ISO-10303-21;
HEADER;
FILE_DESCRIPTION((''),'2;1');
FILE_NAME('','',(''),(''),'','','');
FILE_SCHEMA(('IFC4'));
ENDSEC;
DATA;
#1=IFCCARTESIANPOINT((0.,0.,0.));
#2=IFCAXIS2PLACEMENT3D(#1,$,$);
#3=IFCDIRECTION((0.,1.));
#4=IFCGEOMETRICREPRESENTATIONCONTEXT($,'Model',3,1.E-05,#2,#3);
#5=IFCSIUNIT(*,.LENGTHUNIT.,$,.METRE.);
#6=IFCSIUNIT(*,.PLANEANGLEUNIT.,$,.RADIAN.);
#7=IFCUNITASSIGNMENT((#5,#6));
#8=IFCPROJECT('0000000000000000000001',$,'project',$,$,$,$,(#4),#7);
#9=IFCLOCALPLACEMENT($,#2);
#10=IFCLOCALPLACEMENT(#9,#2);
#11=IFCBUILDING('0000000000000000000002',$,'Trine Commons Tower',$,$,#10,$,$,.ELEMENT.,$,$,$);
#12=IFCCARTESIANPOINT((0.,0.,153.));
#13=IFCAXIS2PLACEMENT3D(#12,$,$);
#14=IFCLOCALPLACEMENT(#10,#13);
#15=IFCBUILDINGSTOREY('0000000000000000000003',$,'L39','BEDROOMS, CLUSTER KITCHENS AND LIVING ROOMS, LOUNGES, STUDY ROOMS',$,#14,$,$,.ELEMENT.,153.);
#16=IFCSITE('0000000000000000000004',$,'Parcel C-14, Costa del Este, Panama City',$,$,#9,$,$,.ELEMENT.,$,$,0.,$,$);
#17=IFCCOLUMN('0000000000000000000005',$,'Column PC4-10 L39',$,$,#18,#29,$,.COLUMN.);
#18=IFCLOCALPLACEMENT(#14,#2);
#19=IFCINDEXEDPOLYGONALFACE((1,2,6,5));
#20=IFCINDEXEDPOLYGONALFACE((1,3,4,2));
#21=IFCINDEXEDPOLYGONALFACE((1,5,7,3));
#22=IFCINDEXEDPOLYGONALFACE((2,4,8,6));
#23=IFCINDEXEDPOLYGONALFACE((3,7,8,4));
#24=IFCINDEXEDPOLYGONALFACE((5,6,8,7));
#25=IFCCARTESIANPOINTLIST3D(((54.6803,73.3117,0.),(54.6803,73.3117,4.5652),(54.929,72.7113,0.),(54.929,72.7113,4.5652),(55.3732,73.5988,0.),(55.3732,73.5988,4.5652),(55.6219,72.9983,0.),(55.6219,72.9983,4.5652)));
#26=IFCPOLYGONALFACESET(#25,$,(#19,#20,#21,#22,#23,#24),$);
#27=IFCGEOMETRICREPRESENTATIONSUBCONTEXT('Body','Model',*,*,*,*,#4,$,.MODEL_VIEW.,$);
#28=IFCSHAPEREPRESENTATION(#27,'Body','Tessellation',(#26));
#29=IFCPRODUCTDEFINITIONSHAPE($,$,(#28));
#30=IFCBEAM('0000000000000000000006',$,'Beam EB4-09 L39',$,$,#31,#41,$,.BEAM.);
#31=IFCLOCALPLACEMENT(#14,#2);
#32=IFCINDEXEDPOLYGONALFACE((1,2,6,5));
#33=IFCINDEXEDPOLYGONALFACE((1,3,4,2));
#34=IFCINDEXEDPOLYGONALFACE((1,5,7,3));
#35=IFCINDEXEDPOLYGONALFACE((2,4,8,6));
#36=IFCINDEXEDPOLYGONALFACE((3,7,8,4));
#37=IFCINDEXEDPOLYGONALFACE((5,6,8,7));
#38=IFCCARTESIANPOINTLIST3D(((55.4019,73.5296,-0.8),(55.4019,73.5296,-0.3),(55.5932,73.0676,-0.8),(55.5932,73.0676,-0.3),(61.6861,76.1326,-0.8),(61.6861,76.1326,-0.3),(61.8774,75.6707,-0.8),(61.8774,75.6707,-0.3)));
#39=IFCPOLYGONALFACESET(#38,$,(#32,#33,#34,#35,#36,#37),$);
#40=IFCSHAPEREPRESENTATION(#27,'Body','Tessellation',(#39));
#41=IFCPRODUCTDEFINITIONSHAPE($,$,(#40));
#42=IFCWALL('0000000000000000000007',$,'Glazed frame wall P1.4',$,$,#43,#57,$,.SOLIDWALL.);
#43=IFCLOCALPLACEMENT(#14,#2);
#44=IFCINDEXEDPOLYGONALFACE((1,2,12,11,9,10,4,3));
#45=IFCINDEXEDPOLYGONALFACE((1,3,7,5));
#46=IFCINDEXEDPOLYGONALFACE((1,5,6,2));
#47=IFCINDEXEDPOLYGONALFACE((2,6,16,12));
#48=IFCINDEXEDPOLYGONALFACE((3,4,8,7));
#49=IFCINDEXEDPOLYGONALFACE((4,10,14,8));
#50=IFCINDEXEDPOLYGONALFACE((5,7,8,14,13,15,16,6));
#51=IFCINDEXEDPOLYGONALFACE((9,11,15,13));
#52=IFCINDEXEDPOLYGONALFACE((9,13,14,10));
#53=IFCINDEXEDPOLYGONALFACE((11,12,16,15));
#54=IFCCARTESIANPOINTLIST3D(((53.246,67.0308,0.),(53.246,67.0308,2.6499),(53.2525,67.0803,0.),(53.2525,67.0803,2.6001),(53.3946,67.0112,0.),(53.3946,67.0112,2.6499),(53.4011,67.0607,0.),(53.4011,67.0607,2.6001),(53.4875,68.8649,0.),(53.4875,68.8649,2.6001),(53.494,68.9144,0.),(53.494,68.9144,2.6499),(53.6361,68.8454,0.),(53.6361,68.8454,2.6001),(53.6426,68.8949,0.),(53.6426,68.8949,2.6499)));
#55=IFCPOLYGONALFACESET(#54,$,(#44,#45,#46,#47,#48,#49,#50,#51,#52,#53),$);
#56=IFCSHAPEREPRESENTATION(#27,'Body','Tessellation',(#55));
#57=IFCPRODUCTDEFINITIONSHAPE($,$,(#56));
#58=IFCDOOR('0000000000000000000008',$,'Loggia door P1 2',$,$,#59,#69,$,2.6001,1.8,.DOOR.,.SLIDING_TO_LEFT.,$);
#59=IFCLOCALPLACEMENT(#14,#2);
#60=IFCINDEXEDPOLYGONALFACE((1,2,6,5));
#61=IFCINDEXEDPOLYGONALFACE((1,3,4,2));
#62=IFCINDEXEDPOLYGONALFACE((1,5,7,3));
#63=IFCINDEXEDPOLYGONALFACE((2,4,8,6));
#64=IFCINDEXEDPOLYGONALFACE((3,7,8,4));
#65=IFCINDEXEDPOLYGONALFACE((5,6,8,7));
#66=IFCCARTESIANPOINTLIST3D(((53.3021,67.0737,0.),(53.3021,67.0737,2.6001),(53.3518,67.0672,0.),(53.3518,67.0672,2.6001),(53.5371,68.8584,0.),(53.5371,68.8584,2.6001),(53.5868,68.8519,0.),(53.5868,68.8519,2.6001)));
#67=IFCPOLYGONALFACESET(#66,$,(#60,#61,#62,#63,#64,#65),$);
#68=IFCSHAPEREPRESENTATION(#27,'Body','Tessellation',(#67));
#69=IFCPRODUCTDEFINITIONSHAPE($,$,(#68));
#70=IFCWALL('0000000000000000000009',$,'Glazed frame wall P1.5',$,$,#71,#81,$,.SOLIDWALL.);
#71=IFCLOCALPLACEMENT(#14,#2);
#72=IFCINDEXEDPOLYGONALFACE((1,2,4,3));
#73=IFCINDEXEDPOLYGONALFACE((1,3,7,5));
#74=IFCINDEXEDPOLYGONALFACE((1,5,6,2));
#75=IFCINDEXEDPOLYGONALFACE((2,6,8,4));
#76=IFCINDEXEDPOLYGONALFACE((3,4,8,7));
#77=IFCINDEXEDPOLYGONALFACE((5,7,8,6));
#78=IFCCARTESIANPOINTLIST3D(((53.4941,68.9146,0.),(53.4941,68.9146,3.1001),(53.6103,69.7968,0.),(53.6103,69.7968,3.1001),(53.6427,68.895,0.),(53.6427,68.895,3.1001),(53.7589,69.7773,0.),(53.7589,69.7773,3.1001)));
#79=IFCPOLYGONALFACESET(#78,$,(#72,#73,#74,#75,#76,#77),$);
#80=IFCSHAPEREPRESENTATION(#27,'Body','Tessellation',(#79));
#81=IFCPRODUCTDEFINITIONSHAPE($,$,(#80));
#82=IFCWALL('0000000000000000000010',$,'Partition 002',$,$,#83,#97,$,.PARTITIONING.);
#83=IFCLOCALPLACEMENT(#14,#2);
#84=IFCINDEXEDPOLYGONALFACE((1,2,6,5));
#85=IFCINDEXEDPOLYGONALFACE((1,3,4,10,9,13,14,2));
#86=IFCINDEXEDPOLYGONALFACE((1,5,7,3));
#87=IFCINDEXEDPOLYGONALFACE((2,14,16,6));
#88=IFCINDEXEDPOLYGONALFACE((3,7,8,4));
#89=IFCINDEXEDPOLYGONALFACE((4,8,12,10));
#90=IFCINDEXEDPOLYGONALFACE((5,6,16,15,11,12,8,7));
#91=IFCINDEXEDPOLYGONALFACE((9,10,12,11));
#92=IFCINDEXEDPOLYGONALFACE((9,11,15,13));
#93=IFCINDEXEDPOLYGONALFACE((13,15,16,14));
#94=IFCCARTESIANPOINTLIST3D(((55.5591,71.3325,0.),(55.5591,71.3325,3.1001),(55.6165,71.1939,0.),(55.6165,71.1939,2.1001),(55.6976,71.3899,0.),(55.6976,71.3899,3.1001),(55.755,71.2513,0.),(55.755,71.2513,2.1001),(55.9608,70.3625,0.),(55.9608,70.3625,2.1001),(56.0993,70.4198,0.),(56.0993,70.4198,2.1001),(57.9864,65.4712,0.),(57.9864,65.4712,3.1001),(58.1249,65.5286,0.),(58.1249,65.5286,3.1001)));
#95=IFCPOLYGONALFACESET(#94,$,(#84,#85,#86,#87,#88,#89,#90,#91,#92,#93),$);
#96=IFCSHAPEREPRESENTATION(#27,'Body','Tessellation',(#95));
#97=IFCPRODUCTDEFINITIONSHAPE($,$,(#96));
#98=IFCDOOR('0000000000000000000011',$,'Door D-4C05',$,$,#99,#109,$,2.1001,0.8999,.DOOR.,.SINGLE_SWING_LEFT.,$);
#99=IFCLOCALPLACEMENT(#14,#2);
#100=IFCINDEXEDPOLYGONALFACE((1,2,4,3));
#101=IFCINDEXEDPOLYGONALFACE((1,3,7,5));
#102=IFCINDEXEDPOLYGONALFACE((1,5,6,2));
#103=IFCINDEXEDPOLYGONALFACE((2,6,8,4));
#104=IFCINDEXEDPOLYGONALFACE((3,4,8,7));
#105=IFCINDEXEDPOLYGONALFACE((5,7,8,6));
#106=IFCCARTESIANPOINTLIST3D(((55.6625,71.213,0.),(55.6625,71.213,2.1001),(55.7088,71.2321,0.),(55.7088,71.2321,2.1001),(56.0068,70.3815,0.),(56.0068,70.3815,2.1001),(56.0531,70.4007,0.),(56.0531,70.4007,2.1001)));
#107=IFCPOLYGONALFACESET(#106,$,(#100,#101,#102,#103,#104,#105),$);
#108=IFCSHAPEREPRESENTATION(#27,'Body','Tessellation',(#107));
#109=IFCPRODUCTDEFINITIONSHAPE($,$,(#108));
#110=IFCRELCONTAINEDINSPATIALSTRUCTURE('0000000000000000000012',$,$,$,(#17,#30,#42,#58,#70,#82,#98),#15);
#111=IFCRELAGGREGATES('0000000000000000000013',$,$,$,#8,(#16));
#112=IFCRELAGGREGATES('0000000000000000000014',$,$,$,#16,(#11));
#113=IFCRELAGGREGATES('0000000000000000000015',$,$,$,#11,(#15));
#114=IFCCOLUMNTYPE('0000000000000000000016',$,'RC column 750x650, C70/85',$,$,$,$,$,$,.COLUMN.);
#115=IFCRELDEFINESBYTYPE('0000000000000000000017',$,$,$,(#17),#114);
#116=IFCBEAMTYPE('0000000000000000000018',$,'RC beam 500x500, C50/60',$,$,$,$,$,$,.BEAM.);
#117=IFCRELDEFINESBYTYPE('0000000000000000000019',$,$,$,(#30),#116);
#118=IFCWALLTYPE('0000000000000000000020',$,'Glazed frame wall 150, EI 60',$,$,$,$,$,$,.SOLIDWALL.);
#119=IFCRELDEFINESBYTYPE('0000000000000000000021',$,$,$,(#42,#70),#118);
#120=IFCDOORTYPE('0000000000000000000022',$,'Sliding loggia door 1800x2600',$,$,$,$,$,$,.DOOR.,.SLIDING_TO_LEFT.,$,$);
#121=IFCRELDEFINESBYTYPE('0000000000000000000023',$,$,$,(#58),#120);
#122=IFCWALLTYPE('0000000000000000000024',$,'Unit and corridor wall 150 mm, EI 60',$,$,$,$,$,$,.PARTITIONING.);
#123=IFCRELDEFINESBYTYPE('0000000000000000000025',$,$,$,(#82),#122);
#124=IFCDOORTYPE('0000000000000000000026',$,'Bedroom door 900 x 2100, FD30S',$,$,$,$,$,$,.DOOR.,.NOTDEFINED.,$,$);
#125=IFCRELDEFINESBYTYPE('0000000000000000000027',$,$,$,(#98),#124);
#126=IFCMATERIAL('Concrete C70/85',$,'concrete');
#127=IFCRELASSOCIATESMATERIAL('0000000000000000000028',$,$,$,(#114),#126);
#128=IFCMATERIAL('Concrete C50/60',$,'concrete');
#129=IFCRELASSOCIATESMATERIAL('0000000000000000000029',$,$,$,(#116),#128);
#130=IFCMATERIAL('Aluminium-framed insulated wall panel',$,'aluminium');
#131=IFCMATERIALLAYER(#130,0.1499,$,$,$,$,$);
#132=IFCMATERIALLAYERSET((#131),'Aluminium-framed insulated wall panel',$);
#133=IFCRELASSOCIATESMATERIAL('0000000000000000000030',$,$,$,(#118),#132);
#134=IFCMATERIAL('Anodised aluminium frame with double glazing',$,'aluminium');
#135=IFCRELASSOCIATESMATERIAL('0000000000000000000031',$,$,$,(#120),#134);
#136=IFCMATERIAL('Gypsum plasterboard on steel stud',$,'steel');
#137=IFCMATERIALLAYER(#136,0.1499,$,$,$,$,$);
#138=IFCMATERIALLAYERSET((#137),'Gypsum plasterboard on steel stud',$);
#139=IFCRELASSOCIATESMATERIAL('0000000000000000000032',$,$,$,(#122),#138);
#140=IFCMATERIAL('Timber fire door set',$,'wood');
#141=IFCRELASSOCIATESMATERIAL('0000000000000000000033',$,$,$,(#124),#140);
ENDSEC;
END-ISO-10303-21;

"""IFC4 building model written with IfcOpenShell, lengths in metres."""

from ifc_helpers import new_model, si_unit, direction, frame, frame_2d, origin, origin_2d, place, context, subcontext, project, spatial, polyline, rectangle, outline, extrude, material, layer, layer_set, material_profile, profile_set, type_object, element, fill, save


model = new_model("IFC4")

# Units and contexts
model_context = context("Model", 3, precision=1e-05, world=origin(), true_north=direction((0.0, 1.0)))
body_context = subcontext(model_context, "Body", "Model", "MODEL_VIEW")
ifc_project = project(units=[si_unit("LENGTHUNIT", "METRE"), si_unit("PLANEANGLEUNIT", "RADIAN")], contexts=[model_context])

# Site, building, storey
site_placement = place(None, origin())
site = spatial("IfcSite", under=ifc_project, at=site_placement, Name="Parcel C-14, Costa del Este, Panama City", CompositionType="ELEMENT", RefElevation=0.0)
building_placement = place(site_placement, origin())
building = spatial("IfcBuilding", under=site, at=building_placement, Name="Trine Commons Tower", CompositionType="ELEMENT")
storey_placement = place(building_placement, frame((0.0, 0.0, 153.0)))
storey = spatial("IfcBuildingStorey", under=building, at=storey_placement, Name="L39", Description="BEDROOMS, CLUSTER KITCHENS AND LIVING ROOMS, LOUNGES, STUDY ROOMS", CompositionType="ELEMENT", Elevation=153.0)

# Column
ifc_material_1 = material(Name="Concrete C70/85", Category="concrete")
ifc_material_profile_1 = material_profile(ifc_material_1, rectangle(XDim=0.75, YDim=0.6499, at=origin_2d()), Name="RC 750x650")
ifc_profile_set_1 = profile_set([ifc_material_profile_1], Name="Concrete C70/85")
column_type = type_object("IfcColumnType", Name="RC column 750x650, C70/85", PredefinedType="COLUMN", material=ifc_profile_set_1)
column_placement = place(storey_placement, frame((55.1511, 73.155, 0.0), z_axis=(0.0, 0.0, 1.0), x_axis=(0.92388, 0.382683, 0.0)))
element("IfcColumn", 1, at=column_placement, inside=storey, type_object=column_type, Name="Column PC4-10 L39", PredefinedType="COLUMN", context=body_context, shape_type="SweptSolid", body=[
    extrude(rectangle(XDim=0.75, YDim=0.6499, at=origin_2d()), origin(), (0.0, 0.0, 1.0), 4.5652),
])

# Beam
ifc_material_2 = material(Name="Concrete C50/60", Category="concrete")
ifc_material_profile_2 = material_profile(ifc_material_2, rectangle(XDim=0.5, YDim=0.5, at=origin_2d()), Name="RC 500x500")
ifc_profile_set_2 = profile_set([ifc_material_profile_2], Name="Concrete C50/60")
beam_type = type_object("IfcBeamType", Name="RC beam 500x500, C50/60", PredefinedType="BEAM", material=ifc_profile_set_2)
beam_placement = place(storey_placement, frame((55.4976, 73.2986, -0.55), z_axis=(0.923878, 0.382688, 0.0), x_axis=(-0.382688, 0.923878, 0.0)))
element("IfcBeam", 2, at=beam_placement, inside=storey, type_object=beam_type, Name="Beam EB4-09 L39", PredefinedType="BEAM", context=body_context, shape_type="SweptSolid", body=[
    extrude(rectangle(XDim=0.5, YDim=0.5, at=origin_2d()), origin(), (0.0, 0.0, 1.0), 6.802),
])

# Wall, opening, door
ifc_material_3 = material(Name="Aluminium-framed insulated wall panel", Category="aluminium")
ifc_layer_1 = layer(ifc_material_3, 0.1499)
ifc_layer_set_1 = layer_set([ifc_layer_1], Name="Aluminium-framed insulated wall panel")
wall_type_1 = type_object("IfcWallType", Name="Glazed frame wall 150, EI 60", PredefinedType="SOLIDWALL", material=ifc_layer_set_1)
wall_1_placement = place(storey_placement, frame((53.3203, 67.021, 0.0), z_axis=(0.0, 0.0, 1.0), x_axis=(0.130548, 0.991442, 0.0)))
wall_1 = element("IfcWall", 3, at=wall_1_placement, inside=storey, type_object=wall_type_1, Name="Glazed frame wall P1.4", PredefinedType="SOLIDWALL", context=body_context, shape_type="SweptSolid", body=[
    extrude(outline(polyline([(0.0, -0.075), (1.8999, -0.075), (1.8999, 0.075), (0.0, 0.075), (0.0, -0.075)])), origin(), (0.0, 0.0, 1.0), 2.6499),
])
opening_1_placement = place(wall_1_placement, frame((0.05, 0.0, 0.0)))
opening_1 = element("IfcOpeningElement", 4, at=opening_1_placement, cuts=wall_1, PredefinedType="OPENING", context=body_context, shape_type="SweptSolid", body=[
    extrude(rectangle(XDim=1.8, YDim=2.6001, at=frame_2d((0.8999, 1.3))), frame((0.0, 0.085, 0.0), z_axis=(0.0, -1.0, 0.0), x_axis=(1.0, 0.0, 0.0)), (0.0, 0.0, 1.0), 0.1699),
])
ifc_material_4 = material(Name="Anodised aluminium frame with double glazing", Category="aluminium")
door_type_1 = type_object("IfcDoorType", Name="Sliding loggia door 1800x2600", OperationType="SLIDING_TO_LEFT", PredefinedType="DOOR", material=ifc_material_4)
door_1_placement = place(opening_1_placement, origin())
door_1 = element("IfcDoor", 5, at=door_1_placement, inside=storey, type_object=door_type_1, Name="Loggia door P1 2", OperationType="SLIDING_TO_LEFT", OverallHeight=2.6001, OverallWidth=1.8, PredefinedType="DOOR", context=body_context, shape_type="SweptSolid", body=[
    extrude(rectangle(XDim=1.8, YDim=2.6001, at=frame_2d((0.8999, 1.3))), frame((0.0, 0.0249, 0.0), z_axis=(0.0, -1.0, 0.0), x_axis=(1.0, 0.0, 0.0)), (0.0, 0.0, 1.0), 0.05),
])
fill(opening_1, door_1)

# Wall
wall_2_placement = place(storey_placement, frame((53.5684, 68.9048, 0.0), z_axis=(0.0, 0.0, 1.0), x_axis=(0.130612, 0.991434, 0.0)))
element("IfcWall", 6, at=wall_2_placement, inside=storey, type_object=wall_type_1, Name="Glazed frame wall P1.5", PredefinedType="SOLIDWALL", context=body_context, shape_type="SweptSolid", body=[
    extrude(outline(polyline([(0.8899, 0.075), (0.0, 0.075), (0.0, -0.075), (0.8899, -0.075), (0.8899, 0.075)])), origin(), (0.0, 0.0, 1.0), 3.1001),
])

# Wall, opening, door
ifc_material_5 = material(Name="Gypsum plasterboard on steel stud", Category="steel")
ifc_layer_2 = layer(ifc_material_5, 0.1499)
ifc_layer_set_2 = layer_set([ifc_layer_2], Name="Gypsum plasterboard on steel stud")
wall_type_2 = type_object("IfcWallType", Name="Unit and corridor wall 150 mm, EI 60", PredefinedType="PARTITIONING", material=ifc_layer_set_2)
wall_3_placement = place(storey_placement, frame((55.6284, 71.3611, 0.0), z_axis=(0.0, 0.0, 1.0), x_axis=(0.382603, -0.923913, 0.0)))
wall_3 = element("IfcWall", 7, at=wall_3_placement, inside=storey, type_object=wall_type_2, Name="Partition 002", PredefinedType="PARTITIONING", context=body_context, shape_type="SweptSolid", body=[
    extrude(rectangle(XDim=6.344, YDim=0.1499, at=frame_2d((3.1719, 0.0))), origin(), (0.0, 0.0, 1.0), 3.1001),
])
opening_2_placement = place(wall_3_placement, frame((0.1499, 0.0, 0.0)))
opening_2 = element("IfcOpeningElement", 8, at=opening_2_placement, cuts=wall_3, PredefinedType="OPENING", context=body_context, shape_type="SweptSolid", body=[
    extrude(rectangle(XDim=0.8999, YDim=2.1001, at=frame_2d((0.45, 1.05))), frame((0.0, 0.085, 0.0), z_axis=(0.0, -1.0, 0.0), x_axis=(1.0, 0.0, 0.0)), (0.0, 0.0, 1.0), 0.1699),
])
ifc_material_6 = material(Name="Timber fire door set", Category="wood")
door_type_2 = type_object("IfcDoorType", Name="Bedroom door 900 x 2100, FD30S", OperationType="NOTDEFINED", PredefinedType="DOOR", material=ifc_material_6)
door_2_placement = place(opening_2_placement, origin())
door_2 = element("IfcDoor", 9, at=door_2_placement, inside=storey, type_object=door_type_2, Name="Door D-4C05", OperationType="SINGLE_SWING_LEFT", OverallHeight=2.1001, OverallWidth=0.8999, PredefinedType="DOOR", context=body_context, shape_type="SweptSolid", body=[
    extrude(rectangle(XDim=0.8999, YDim=2.1001, at=frame_2d((0.45, 1.05))), frame((0.0, 0.0249, 0.0), z_axis=(0.0, -1.0, 0.0), x_axis=(1.0, 0.0, 0.0)), (0.0, 0.0, 1.0), 0.05),
])
fill(opening_2, door_2)

save(model, "model.ifc")
